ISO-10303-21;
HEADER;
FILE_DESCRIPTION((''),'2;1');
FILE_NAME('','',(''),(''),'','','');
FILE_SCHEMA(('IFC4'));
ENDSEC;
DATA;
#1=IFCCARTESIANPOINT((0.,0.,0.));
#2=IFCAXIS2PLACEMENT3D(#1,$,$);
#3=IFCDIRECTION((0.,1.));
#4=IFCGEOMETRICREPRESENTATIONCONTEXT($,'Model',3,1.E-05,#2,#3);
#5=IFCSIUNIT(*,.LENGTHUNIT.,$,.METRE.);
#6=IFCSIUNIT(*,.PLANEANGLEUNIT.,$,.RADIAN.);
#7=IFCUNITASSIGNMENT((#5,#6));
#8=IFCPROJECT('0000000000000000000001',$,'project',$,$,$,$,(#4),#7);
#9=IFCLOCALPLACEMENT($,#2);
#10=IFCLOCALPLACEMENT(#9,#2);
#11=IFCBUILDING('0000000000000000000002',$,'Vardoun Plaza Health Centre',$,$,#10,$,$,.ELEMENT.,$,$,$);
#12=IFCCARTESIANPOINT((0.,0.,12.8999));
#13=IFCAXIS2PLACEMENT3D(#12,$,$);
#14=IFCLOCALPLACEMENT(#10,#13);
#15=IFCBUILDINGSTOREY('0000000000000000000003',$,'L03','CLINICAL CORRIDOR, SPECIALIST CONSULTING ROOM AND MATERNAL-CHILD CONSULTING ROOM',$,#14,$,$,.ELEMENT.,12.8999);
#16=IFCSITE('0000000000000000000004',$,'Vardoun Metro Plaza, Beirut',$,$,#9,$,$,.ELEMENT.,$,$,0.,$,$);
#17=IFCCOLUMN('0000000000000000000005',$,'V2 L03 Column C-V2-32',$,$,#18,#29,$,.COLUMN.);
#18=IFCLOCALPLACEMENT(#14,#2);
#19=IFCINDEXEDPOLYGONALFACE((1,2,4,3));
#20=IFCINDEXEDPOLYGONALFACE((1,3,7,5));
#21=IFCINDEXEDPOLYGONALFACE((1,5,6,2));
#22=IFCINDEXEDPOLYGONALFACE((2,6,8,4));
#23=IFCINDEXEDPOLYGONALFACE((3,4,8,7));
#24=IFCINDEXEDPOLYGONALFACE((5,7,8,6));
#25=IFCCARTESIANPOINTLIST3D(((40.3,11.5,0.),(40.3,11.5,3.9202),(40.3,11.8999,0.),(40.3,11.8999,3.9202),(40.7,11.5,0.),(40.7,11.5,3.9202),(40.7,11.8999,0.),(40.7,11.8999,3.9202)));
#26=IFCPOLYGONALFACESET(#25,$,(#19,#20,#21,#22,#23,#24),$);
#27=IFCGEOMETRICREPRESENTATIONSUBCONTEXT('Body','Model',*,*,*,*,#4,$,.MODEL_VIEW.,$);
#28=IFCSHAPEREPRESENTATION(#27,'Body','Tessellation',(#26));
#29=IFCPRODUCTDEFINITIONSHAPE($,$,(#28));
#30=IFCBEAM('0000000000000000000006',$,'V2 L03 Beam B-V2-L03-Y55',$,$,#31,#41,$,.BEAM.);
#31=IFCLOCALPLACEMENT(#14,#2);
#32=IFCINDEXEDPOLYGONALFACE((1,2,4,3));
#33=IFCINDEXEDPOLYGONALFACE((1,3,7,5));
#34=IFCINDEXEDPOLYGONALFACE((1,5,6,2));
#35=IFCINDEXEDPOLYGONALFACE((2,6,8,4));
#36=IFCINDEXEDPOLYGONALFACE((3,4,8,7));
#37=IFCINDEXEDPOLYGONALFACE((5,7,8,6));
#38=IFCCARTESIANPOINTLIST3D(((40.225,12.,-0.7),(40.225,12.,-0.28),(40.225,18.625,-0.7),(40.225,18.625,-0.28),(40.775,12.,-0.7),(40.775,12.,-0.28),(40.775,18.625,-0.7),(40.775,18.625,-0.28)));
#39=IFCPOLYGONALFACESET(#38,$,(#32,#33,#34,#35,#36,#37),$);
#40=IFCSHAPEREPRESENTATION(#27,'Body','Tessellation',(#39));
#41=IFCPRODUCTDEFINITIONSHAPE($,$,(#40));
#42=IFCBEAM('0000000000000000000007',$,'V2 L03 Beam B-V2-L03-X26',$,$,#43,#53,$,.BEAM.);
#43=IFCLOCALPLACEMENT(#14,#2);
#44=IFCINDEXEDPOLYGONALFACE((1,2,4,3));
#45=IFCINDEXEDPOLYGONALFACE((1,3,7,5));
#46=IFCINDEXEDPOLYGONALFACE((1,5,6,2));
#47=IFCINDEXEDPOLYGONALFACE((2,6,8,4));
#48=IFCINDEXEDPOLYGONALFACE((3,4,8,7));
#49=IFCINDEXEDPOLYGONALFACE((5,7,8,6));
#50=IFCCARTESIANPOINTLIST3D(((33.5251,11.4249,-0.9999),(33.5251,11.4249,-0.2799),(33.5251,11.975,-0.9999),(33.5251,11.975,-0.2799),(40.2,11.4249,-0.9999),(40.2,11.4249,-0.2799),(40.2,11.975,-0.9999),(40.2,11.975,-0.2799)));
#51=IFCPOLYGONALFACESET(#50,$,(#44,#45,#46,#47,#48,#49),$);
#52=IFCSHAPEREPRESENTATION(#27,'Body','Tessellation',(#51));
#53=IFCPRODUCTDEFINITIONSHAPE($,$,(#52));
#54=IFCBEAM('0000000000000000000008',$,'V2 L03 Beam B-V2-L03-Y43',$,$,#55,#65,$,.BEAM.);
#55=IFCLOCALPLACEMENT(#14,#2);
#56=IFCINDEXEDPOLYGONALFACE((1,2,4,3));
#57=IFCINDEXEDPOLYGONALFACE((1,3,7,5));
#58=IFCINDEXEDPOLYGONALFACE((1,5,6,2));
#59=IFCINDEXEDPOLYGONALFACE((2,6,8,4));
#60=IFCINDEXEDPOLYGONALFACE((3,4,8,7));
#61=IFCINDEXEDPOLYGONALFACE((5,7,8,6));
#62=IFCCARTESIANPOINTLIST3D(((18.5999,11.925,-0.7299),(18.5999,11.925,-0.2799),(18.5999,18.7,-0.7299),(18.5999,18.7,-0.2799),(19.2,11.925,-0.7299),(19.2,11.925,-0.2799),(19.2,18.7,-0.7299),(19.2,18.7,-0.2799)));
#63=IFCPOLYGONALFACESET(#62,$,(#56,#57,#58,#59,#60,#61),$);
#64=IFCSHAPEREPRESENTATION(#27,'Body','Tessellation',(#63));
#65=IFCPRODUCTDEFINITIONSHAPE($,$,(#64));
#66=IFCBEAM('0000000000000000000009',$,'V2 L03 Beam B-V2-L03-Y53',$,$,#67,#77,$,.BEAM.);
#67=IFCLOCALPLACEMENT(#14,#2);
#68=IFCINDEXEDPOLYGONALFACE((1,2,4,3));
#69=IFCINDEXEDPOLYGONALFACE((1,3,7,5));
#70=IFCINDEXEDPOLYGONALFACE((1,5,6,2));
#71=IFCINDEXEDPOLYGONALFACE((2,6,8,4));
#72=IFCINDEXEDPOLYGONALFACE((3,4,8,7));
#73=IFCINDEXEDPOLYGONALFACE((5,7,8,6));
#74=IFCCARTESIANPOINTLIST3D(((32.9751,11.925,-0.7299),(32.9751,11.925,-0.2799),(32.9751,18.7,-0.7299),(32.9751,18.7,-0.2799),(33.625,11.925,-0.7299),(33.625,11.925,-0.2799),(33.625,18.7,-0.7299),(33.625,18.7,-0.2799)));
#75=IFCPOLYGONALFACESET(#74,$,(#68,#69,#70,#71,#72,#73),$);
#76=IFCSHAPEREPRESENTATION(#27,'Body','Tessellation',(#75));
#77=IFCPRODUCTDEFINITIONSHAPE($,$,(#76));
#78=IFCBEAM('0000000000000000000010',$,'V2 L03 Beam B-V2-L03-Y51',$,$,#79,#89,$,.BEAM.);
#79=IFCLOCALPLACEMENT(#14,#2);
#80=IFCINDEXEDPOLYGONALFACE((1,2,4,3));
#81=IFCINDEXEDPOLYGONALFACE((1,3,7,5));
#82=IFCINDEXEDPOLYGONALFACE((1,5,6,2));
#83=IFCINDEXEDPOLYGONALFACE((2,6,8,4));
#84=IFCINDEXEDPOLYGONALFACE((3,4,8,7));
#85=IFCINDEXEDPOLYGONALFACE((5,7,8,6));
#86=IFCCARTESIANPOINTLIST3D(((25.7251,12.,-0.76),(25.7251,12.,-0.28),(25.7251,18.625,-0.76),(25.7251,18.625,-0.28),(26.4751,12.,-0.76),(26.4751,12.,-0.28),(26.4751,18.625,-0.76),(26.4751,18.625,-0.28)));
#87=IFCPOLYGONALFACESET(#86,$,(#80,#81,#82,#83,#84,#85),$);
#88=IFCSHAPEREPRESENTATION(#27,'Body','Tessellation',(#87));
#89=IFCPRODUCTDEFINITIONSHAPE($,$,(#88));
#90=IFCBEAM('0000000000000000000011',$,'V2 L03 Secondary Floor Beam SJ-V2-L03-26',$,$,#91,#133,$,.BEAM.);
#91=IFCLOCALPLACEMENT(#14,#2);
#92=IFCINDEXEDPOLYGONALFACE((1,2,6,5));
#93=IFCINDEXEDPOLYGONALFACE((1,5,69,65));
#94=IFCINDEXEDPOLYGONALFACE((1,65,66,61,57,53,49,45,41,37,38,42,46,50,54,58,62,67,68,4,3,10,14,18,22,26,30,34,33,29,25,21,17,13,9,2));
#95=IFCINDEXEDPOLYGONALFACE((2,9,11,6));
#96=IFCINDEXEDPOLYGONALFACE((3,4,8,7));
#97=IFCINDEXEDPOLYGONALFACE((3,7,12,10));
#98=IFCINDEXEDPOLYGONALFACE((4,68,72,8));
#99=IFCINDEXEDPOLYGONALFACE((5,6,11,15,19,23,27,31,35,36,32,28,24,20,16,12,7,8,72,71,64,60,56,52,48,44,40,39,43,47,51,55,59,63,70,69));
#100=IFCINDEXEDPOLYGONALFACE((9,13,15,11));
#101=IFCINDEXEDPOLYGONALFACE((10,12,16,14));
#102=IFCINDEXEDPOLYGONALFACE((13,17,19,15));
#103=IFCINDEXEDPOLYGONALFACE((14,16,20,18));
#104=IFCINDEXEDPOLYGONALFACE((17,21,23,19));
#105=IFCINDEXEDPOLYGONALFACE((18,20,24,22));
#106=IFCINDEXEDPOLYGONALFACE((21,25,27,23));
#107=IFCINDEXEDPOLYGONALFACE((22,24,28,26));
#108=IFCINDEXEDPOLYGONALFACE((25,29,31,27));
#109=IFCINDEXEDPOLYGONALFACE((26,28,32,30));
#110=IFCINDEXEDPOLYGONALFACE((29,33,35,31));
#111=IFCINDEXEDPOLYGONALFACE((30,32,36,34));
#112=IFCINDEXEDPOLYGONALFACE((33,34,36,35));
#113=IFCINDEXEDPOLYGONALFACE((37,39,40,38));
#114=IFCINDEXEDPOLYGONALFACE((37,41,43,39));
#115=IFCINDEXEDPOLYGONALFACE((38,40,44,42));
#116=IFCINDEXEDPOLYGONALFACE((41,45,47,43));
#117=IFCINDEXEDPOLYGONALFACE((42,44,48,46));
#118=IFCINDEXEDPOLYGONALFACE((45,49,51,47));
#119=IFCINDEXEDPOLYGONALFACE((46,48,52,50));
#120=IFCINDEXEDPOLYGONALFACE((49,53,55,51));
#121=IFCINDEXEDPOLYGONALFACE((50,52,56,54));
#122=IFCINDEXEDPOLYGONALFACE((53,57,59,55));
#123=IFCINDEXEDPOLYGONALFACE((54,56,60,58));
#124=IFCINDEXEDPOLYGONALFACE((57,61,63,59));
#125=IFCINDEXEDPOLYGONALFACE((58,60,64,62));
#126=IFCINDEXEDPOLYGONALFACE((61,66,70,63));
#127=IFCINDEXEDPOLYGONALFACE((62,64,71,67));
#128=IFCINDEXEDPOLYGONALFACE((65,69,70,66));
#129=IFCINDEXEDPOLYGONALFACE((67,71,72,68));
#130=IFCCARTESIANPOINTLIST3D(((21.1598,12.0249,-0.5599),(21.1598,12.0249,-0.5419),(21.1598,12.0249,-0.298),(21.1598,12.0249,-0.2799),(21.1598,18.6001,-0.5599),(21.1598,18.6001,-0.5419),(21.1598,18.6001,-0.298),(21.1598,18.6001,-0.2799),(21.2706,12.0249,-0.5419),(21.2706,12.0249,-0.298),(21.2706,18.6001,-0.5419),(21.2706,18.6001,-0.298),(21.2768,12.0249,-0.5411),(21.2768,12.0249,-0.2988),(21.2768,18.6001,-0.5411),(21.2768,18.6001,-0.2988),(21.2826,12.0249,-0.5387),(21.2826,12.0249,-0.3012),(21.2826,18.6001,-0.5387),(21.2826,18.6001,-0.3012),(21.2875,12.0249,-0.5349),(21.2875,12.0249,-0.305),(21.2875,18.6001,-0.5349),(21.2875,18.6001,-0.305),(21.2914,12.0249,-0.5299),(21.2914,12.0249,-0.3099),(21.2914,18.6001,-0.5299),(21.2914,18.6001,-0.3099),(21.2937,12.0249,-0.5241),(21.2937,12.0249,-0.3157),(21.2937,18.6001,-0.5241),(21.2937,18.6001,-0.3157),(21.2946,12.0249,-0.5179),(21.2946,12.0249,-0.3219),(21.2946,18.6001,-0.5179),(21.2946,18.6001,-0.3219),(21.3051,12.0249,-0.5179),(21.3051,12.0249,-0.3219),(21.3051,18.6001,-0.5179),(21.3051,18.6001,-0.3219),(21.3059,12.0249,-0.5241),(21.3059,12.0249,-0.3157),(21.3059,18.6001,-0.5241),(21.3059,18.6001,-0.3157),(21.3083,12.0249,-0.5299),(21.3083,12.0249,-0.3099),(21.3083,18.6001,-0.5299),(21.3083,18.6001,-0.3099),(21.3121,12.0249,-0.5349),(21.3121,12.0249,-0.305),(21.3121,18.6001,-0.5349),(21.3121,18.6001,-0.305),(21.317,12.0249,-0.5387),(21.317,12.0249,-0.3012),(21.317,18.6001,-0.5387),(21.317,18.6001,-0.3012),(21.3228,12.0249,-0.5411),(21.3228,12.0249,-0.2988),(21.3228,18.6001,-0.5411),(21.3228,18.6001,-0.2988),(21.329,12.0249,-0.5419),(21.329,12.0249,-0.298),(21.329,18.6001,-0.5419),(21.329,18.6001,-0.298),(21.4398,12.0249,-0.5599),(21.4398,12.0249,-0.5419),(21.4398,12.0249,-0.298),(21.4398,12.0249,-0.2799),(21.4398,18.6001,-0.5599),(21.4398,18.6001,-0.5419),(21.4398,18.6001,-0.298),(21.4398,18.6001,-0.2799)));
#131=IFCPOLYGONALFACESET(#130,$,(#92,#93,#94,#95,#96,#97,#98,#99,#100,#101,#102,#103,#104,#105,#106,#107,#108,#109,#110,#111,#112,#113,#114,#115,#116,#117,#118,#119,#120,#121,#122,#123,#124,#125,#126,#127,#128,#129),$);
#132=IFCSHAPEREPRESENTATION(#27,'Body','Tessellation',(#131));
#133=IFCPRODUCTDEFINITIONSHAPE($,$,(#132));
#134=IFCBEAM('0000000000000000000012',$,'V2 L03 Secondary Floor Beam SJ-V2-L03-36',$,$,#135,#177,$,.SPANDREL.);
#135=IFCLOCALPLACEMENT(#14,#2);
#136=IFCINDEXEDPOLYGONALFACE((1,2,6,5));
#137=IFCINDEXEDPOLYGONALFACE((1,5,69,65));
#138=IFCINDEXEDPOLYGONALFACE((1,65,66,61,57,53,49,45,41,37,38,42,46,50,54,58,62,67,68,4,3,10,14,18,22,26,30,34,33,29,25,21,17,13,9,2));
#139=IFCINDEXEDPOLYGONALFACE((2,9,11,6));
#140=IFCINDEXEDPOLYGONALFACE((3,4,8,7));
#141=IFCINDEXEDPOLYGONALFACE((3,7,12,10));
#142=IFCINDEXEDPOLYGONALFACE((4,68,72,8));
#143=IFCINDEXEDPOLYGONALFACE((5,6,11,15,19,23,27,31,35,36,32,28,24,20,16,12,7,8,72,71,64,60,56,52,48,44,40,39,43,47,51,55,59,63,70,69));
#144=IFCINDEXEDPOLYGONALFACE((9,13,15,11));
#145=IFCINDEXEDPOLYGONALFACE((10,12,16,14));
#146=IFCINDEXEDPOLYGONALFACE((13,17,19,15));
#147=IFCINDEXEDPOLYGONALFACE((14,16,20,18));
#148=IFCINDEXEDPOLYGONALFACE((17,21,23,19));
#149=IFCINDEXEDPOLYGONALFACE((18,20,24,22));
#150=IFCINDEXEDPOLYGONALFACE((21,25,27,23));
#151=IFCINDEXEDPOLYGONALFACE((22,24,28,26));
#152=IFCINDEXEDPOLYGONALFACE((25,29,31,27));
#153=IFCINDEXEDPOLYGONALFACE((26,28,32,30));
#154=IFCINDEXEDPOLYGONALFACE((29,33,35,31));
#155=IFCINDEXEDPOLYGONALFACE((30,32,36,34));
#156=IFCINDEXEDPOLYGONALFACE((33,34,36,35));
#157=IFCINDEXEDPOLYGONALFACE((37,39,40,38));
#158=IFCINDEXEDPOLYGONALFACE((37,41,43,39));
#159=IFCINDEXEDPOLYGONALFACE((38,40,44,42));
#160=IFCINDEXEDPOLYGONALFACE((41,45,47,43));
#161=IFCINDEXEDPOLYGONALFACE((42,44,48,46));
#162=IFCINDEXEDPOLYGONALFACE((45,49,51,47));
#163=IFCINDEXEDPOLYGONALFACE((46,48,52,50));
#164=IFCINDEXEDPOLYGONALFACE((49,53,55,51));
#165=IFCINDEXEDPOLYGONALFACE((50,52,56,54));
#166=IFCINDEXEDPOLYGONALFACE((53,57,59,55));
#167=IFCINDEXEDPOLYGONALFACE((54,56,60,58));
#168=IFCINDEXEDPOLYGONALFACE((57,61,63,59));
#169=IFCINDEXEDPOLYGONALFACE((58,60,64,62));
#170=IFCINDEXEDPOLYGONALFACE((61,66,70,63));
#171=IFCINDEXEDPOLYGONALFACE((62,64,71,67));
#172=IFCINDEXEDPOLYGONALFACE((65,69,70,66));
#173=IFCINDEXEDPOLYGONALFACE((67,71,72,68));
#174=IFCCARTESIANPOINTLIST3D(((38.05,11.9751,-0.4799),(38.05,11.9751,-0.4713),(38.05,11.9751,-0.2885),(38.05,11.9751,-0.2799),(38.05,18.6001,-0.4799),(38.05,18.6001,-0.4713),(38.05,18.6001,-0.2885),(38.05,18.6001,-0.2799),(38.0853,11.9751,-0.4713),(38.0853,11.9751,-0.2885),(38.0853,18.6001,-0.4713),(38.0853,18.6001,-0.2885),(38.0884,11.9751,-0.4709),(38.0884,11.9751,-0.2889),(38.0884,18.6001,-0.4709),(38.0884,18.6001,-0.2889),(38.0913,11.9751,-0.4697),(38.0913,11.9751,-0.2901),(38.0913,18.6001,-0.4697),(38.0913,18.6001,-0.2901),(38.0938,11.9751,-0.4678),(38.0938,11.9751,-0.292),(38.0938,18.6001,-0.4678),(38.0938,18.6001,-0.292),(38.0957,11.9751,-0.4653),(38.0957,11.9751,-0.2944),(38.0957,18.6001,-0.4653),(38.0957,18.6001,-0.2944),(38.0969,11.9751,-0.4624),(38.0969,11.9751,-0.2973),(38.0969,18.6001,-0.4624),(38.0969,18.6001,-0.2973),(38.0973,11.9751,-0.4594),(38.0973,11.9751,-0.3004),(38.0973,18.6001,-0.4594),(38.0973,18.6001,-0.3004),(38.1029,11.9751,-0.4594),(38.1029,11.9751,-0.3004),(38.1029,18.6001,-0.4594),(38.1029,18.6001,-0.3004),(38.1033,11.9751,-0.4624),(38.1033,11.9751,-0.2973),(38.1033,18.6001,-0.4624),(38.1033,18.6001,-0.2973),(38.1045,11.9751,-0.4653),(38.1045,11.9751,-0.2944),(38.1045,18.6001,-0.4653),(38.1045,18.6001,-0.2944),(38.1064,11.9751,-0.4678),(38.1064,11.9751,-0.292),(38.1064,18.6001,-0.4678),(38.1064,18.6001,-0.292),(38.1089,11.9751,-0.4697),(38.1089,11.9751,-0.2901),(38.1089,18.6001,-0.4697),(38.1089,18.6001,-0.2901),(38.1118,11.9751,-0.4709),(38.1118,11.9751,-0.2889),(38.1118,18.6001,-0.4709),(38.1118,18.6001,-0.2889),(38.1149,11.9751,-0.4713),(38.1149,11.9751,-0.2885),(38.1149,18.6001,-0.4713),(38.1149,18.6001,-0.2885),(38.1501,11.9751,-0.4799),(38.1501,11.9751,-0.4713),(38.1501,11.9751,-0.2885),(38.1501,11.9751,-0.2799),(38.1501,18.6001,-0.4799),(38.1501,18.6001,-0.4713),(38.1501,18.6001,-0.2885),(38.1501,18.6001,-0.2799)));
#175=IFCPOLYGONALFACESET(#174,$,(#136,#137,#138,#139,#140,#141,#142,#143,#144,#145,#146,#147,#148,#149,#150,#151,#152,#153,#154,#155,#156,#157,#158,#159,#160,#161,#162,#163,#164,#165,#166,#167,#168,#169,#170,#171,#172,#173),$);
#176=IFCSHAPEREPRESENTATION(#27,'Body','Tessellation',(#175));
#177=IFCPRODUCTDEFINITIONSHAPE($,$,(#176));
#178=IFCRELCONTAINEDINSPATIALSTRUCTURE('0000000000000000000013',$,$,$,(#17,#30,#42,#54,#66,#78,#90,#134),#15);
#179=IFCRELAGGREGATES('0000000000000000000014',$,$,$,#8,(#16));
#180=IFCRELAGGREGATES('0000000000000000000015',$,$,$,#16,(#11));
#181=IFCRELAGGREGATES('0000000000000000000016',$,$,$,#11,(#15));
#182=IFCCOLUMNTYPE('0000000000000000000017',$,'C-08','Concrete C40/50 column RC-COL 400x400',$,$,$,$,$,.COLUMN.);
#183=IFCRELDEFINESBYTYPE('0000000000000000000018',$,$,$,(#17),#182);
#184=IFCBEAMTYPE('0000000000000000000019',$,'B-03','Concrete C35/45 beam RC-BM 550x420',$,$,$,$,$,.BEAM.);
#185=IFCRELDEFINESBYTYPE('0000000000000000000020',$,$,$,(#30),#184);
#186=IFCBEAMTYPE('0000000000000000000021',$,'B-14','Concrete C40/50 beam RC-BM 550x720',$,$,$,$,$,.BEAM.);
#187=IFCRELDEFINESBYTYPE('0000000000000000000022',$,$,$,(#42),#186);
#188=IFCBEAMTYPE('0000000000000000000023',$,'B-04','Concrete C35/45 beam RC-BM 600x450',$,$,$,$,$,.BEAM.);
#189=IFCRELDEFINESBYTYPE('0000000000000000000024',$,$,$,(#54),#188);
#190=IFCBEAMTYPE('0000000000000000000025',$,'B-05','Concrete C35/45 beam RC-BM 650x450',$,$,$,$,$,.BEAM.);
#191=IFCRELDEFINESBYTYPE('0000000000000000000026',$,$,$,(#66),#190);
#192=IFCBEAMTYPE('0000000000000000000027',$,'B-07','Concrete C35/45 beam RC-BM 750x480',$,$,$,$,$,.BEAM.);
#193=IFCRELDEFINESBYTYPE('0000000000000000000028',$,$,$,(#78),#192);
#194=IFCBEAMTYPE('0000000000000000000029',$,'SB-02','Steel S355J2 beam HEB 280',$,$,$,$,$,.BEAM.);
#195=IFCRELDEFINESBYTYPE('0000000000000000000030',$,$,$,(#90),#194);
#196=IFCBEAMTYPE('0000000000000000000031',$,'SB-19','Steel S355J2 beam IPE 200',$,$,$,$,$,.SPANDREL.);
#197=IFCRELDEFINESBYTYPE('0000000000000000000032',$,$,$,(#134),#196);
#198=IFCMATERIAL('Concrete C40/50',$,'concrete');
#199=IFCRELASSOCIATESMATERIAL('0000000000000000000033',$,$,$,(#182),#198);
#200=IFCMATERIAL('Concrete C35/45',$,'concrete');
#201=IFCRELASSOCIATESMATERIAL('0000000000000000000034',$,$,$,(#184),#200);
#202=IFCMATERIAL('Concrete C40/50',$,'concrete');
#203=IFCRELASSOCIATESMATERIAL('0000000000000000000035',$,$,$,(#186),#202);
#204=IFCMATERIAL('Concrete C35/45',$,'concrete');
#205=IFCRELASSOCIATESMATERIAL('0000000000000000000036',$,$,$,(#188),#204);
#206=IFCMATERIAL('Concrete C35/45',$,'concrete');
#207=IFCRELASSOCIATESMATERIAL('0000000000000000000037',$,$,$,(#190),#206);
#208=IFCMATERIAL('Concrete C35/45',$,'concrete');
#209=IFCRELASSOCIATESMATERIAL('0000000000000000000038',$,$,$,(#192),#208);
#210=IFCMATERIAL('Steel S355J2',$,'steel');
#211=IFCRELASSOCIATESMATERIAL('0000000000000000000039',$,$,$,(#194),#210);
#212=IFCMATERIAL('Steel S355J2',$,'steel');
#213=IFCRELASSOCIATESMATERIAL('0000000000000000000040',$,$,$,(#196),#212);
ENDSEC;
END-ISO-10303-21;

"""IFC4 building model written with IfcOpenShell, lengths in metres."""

from ifc_helpers import new_model, si_unit, direction, frame, origin, origin_2d, place, context, subcontext, project, spatial, rectangle, i_section, extrude, material, material_profile, profile_set, type_object, element, save


model = new_model("IFC4")

# Units and contexts
model_context = context("Model", 3, precision=1e-05, world=origin(), true_north=direction((0.0, 1.0)))
body_context = subcontext(model_context, "Body", "Model", "MODEL_VIEW")
ifc_project = project(units=[si_unit("LENGTHUNIT", "METRE"), si_unit("PLANEANGLEUNIT", "RADIAN")], contexts=[model_context])

# Site, building, storey
site_placement = place(None, origin())
site = spatial("IfcSite", under=ifc_project, at=site_placement, Name="Vardoun Metro Plaza, Beirut", CompositionType="ELEMENT", RefElevation=0.0)
building_placement = place(site_placement, origin())
building = spatial("IfcBuilding", under=site, at=building_placement, Name="Vardoun Plaza Health Centre", CompositionType="ELEMENT")
storey_placement = place(building_placement, frame((0.0, 0.0, 12.8999)))
storey = spatial("IfcBuildingStorey", under=building, at=storey_placement, Name="L03", Description="CLINICAL CORRIDOR, SPECIALIST CONSULTING ROOM AND MATERNAL-CHILD CONSULTING ROOM", CompositionType="ELEMENT", Elevation=12.8999)

# Column
ifc_material_1 = material(Name="Concrete C40/50", Category="concrete")
ifc_material_profile_1 = material_profile(ifc_material_1, rectangle(XDim=0.3999, YDim=0.3999, at=origin_2d()), Name="RC-COL 400x400")
ifc_profile_set_1 = profile_set([ifc_material_profile_1], Name="Concrete C40/50")
column_type = type_object("IfcColumnType", Name="C-08", Description="Concrete C40/50 column RC-COL 400x400", PredefinedType="COLUMN", material=ifc_profile_set_1)
column_placement = place(storey_placement, frame((40.5, 11.7, 0.0), z_axis=(0.0, 0.0, 1.0), x_axis=(1.0, 0.0, 0.0)))
element("IfcColumn", 1, at=column_placement, inside=storey, type_object=column_type, Name="V2 L03 Column C-V2-32", PredefinedType="COLUMN", context=body_context, shape_type="SweptSolid", body=[
    extrude(rectangle(XDim=0.3999, YDim=0.3999, at=origin_2d()), origin(), (0.0, 0.0, 1.0), 3.9202),
])

# Beams
ifc_material_2 = material(Name="Concrete C35/45", Category="concrete")
ifc_material_profile_2 = material_profile(ifc_material_2, rectangle(XDim=0.55, YDim=0.4199, at=origin_2d()), Name="RC-BM 550x420")
ifc_profile_set_2 = profile_set([ifc_material_profile_2], Name="Concrete C35/45")
beam_type_1 = type_object("IfcBeamType", Name="B-03", Description="Concrete C35/45 beam RC-BM 550x420", PredefinedType="BEAM", material=ifc_profile_set_2)
beam_1_placement = place(storey_placement, frame((40.5, 12.0, -0.49), z_axis=(0.0, 1.0, 0.0), x_axis=(-1.0, 0.0, 0.0)))
element("IfcBeam", 2, at=beam_1_placement, inside=storey, type_object=beam_type_1, Name="V2 L03 Beam B-V2-L03-Y55", PredefinedType="BEAM", context=body_context, shape_type="SweptSolid", body=[
    extrude(rectangle(XDim=0.55, YDim=0.4199, at=origin_2d()), origin(), (0.0, 0.0, 1.0), 6.625),
])
ifc_material_3 = material(Name="Concrete C40/50", Category="concrete")
ifc_material_profile_3 = material_profile(ifc_material_3, rectangle(XDim=0.55, YDim=0.72, at=origin_2d()), Name="RC-BM 550x720")
ifc_profile_set_3 = profile_set([ifc_material_profile_3], Name="Concrete C40/50")
beam_type_2 = type_object("IfcBeamType", Name="B-14", Description="Concrete C40/50 beam RC-BM 550x720", PredefinedType="BEAM", material=ifc_profile_set_3)
beam_2_placement = place(storey_placement, frame((33.5251, 11.7, -0.6399), z_axis=(1.0, 0.0, 0.0), x_axis=(0.0, 1.0, 0.0)))
element("IfcBeam", 3, at=beam_2_placement, inside=storey, type_object=beam_type_2, Name="V2 L03 Beam B-V2-L03-X26", PredefinedType="BEAM", context=body_context, shape_type="SweptSolid", body=[
    extrude(rectangle(XDim=0.55, YDim=0.72, at=origin_2d()), origin(), (0.0, 0.0, 1.0), 6.6748),
])
ifc_material_4 = material(Name="Concrete C35/45", Category="concrete")
ifc_material_profile_4 = material_profile(ifc_material_4, rectangle(XDim=0.6001, YDim=0.45, at=origin_2d()), Name="RC-BM 600x450")
ifc_profile_set_4 = profile_set([ifc_material_profile_4], Name="Concrete C35/45")
beam_type_3 = type_object("IfcBeamType", Name="B-04", Description="Concrete C35/45 beam RC-BM 600x450", PredefinedType="BEAM", material=ifc_profile_set_4)
beam_3_placement = place(storey_placement, frame((18.8999, 11.925, -0.5049), z_axis=(0.0, 1.0, 0.0), x_axis=(-1.0, 0.0, 0.0)))
element("IfcBeam", 4, at=beam_3_placement, inside=storey, type_object=beam_type_3, Name="V2 L03 Beam B-V2-L03-Y43", PredefinedType="BEAM", context=body_context, shape_type="SweptSolid", body=[
    extrude(rectangle(XDim=0.6001, YDim=0.45, at=origin_2d()), origin(), (0.0, 0.0, 1.0), 6.7749),
])
ifc_material_5 = material(Name="Concrete C35/45", Category="concrete")
ifc_material_profile_5 = material_profile(ifc_material_5, rectangle(XDim=0.6499, YDim=0.45, at=origin_2d()), Name="RC-BM 650x450")
ifc_profile_set_5 = profile_set([ifc_material_profile_5], Name="Concrete C35/45")
beam_type_4 = type_object("IfcBeamType", Name="B-05", Description="Concrete C35/45 beam RC-BM 650x450", PredefinedType="BEAM", material=ifc_profile_set_5)
beam_4_placement = place(storey_placement, frame((33.3, 11.925, -0.5049), z_axis=(0.0, 1.0, 0.0), x_axis=(-1.0, 0.0, 0.0)))
element("IfcBeam", 5, at=beam_4_placement, inside=storey, type_object=beam_type_4, Name="V2 L03 Beam B-V2-L03-Y53", PredefinedType="BEAM", context=body_context, shape_type="SweptSolid", body=[
    extrude(rectangle(XDim=0.6499, YDim=0.45, at=origin_2d()), origin(), (0.0, 0.0, 1.0), 6.7749),
])
ifc_material_6 = material(Name="Concrete C35/45", Category="concrete")
ifc_material_profile_6 = material_profile(ifc_material_6, rectangle(XDim=0.75, YDim=0.48, at=origin_2d()), Name="RC-BM 750x480")
ifc_profile_set_6 = profile_set([ifc_material_profile_6], Name="Concrete C35/45")
beam_type_5 = type_object("IfcBeamType", Name="B-07", Description="Concrete C35/45 beam RC-BM 750x480", PredefinedType="BEAM", material=ifc_profile_set_6)
beam_5_placement = place(storey_placement, frame((26.1001, 12.0, -0.52), z_axis=(0.0, 1.0, 0.0), x_axis=(-1.0, 0.0, 0.0)))
element("IfcBeam", 6, at=beam_5_placement, inside=storey, type_object=beam_type_5, Name="V2 L03 Beam B-V2-L03-Y51", PredefinedType="BEAM", context=body_context, shape_type="SweptSolid", body=[
    extrude(rectangle(XDim=0.75, YDim=0.48, at=origin_2d()), origin(), (0.0, 0.0, 1.0), 6.625),
])
ifc_material_7 = material(Name="Steel S355J2", Category="steel")
ifc_material_profile_7 = material_profile(ifc_material_7, i_section(OverallWidth=0.28, OverallDepth=0.28, WebThickness=0.0105, FlangeThickness=0.0181, FilletRadius=0.0239, at=origin_2d()), Name="HEB 280")
ifc_profile_set_7 = profile_set([ifc_material_profile_7], Name="Steel S355J2")
beam_type_6 = type_object("IfcBeamType", Name="SB-02", Description="Steel S355J2 beam HEB 280", PredefinedType="BEAM", material=ifc_profile_set_7)
beam_6_placement = place(storey_placement, frame((21.2998, 12.0249, -0.4199), z_axis=(0.0, 1.0, 0.0), x_axis=(-1.0, 0.0, 0.0)))
element("IfcBeam", 7, at=beam_6_placement, inside=storey, type_object=beam_type_6, Name="V2 L03 Secondary Floor Beam SJ-V2-L03-26", PredefinedType="BEAM", context=body_context, shape_type="SweptSolid", body=[
    extrude(i_section(OverallWidth=0.28, OverallDepth=0.28, WebThickness=0.0105, FlangeThickness=0.0181, FilletRadius=0.0239, at=origin_2d()), origin(), (0.0, 0.0, 1.0), 6.5752),
])
ifc_material_8 = material(Name="Steel S355J2", Category="steel")
ifc_material_profile_8 = material_profile(ifc_material_8, i_section(OverallWidth=0.1001, OverallDepth=0.2, WebThickness=0.0056, FlangeThickness=0.0085, FilletRadius=0.012, at=origin_2d()), Name="IPE 200")
ifc_profile_set_8 = profile_set([ifc_material_profile_8], Name="Steel S355J2")
beam_type_7 = type_object("IfcBeamType", Name="SB-19", Description="Steel S355J2 beam IPE 200", PredefinedType="SPANDREL", material=ifc_profile_set_8)
beam_7_placement = place(storey_placement, frame((38.1001, 11.9751, -0.3799), z_axis=(0.0, 1.0, 0.0), x_axis=(-1.0, 0.0, 0.0)))
element("IfcBeam", 8, at=beam_7_placement, inside=storey, type_object=beam_type_7, Name="V2 L03 Secondary Floor Beam SJ-V2-L03-36", PredefinedType="SPANDREL", context=body_context, shape_type="SweptSolid", body=[
    extrude(i_section(OverallWidth=0.1001, OverallDepth=0.2, WebThickness=0.0056, FlangeThickness=0.0085, FilletRadius=0.012, at=origin_2d()), origin(), (0.0, 0.0, 1.0), 6.625),
])

save(model, "model.ifc")
